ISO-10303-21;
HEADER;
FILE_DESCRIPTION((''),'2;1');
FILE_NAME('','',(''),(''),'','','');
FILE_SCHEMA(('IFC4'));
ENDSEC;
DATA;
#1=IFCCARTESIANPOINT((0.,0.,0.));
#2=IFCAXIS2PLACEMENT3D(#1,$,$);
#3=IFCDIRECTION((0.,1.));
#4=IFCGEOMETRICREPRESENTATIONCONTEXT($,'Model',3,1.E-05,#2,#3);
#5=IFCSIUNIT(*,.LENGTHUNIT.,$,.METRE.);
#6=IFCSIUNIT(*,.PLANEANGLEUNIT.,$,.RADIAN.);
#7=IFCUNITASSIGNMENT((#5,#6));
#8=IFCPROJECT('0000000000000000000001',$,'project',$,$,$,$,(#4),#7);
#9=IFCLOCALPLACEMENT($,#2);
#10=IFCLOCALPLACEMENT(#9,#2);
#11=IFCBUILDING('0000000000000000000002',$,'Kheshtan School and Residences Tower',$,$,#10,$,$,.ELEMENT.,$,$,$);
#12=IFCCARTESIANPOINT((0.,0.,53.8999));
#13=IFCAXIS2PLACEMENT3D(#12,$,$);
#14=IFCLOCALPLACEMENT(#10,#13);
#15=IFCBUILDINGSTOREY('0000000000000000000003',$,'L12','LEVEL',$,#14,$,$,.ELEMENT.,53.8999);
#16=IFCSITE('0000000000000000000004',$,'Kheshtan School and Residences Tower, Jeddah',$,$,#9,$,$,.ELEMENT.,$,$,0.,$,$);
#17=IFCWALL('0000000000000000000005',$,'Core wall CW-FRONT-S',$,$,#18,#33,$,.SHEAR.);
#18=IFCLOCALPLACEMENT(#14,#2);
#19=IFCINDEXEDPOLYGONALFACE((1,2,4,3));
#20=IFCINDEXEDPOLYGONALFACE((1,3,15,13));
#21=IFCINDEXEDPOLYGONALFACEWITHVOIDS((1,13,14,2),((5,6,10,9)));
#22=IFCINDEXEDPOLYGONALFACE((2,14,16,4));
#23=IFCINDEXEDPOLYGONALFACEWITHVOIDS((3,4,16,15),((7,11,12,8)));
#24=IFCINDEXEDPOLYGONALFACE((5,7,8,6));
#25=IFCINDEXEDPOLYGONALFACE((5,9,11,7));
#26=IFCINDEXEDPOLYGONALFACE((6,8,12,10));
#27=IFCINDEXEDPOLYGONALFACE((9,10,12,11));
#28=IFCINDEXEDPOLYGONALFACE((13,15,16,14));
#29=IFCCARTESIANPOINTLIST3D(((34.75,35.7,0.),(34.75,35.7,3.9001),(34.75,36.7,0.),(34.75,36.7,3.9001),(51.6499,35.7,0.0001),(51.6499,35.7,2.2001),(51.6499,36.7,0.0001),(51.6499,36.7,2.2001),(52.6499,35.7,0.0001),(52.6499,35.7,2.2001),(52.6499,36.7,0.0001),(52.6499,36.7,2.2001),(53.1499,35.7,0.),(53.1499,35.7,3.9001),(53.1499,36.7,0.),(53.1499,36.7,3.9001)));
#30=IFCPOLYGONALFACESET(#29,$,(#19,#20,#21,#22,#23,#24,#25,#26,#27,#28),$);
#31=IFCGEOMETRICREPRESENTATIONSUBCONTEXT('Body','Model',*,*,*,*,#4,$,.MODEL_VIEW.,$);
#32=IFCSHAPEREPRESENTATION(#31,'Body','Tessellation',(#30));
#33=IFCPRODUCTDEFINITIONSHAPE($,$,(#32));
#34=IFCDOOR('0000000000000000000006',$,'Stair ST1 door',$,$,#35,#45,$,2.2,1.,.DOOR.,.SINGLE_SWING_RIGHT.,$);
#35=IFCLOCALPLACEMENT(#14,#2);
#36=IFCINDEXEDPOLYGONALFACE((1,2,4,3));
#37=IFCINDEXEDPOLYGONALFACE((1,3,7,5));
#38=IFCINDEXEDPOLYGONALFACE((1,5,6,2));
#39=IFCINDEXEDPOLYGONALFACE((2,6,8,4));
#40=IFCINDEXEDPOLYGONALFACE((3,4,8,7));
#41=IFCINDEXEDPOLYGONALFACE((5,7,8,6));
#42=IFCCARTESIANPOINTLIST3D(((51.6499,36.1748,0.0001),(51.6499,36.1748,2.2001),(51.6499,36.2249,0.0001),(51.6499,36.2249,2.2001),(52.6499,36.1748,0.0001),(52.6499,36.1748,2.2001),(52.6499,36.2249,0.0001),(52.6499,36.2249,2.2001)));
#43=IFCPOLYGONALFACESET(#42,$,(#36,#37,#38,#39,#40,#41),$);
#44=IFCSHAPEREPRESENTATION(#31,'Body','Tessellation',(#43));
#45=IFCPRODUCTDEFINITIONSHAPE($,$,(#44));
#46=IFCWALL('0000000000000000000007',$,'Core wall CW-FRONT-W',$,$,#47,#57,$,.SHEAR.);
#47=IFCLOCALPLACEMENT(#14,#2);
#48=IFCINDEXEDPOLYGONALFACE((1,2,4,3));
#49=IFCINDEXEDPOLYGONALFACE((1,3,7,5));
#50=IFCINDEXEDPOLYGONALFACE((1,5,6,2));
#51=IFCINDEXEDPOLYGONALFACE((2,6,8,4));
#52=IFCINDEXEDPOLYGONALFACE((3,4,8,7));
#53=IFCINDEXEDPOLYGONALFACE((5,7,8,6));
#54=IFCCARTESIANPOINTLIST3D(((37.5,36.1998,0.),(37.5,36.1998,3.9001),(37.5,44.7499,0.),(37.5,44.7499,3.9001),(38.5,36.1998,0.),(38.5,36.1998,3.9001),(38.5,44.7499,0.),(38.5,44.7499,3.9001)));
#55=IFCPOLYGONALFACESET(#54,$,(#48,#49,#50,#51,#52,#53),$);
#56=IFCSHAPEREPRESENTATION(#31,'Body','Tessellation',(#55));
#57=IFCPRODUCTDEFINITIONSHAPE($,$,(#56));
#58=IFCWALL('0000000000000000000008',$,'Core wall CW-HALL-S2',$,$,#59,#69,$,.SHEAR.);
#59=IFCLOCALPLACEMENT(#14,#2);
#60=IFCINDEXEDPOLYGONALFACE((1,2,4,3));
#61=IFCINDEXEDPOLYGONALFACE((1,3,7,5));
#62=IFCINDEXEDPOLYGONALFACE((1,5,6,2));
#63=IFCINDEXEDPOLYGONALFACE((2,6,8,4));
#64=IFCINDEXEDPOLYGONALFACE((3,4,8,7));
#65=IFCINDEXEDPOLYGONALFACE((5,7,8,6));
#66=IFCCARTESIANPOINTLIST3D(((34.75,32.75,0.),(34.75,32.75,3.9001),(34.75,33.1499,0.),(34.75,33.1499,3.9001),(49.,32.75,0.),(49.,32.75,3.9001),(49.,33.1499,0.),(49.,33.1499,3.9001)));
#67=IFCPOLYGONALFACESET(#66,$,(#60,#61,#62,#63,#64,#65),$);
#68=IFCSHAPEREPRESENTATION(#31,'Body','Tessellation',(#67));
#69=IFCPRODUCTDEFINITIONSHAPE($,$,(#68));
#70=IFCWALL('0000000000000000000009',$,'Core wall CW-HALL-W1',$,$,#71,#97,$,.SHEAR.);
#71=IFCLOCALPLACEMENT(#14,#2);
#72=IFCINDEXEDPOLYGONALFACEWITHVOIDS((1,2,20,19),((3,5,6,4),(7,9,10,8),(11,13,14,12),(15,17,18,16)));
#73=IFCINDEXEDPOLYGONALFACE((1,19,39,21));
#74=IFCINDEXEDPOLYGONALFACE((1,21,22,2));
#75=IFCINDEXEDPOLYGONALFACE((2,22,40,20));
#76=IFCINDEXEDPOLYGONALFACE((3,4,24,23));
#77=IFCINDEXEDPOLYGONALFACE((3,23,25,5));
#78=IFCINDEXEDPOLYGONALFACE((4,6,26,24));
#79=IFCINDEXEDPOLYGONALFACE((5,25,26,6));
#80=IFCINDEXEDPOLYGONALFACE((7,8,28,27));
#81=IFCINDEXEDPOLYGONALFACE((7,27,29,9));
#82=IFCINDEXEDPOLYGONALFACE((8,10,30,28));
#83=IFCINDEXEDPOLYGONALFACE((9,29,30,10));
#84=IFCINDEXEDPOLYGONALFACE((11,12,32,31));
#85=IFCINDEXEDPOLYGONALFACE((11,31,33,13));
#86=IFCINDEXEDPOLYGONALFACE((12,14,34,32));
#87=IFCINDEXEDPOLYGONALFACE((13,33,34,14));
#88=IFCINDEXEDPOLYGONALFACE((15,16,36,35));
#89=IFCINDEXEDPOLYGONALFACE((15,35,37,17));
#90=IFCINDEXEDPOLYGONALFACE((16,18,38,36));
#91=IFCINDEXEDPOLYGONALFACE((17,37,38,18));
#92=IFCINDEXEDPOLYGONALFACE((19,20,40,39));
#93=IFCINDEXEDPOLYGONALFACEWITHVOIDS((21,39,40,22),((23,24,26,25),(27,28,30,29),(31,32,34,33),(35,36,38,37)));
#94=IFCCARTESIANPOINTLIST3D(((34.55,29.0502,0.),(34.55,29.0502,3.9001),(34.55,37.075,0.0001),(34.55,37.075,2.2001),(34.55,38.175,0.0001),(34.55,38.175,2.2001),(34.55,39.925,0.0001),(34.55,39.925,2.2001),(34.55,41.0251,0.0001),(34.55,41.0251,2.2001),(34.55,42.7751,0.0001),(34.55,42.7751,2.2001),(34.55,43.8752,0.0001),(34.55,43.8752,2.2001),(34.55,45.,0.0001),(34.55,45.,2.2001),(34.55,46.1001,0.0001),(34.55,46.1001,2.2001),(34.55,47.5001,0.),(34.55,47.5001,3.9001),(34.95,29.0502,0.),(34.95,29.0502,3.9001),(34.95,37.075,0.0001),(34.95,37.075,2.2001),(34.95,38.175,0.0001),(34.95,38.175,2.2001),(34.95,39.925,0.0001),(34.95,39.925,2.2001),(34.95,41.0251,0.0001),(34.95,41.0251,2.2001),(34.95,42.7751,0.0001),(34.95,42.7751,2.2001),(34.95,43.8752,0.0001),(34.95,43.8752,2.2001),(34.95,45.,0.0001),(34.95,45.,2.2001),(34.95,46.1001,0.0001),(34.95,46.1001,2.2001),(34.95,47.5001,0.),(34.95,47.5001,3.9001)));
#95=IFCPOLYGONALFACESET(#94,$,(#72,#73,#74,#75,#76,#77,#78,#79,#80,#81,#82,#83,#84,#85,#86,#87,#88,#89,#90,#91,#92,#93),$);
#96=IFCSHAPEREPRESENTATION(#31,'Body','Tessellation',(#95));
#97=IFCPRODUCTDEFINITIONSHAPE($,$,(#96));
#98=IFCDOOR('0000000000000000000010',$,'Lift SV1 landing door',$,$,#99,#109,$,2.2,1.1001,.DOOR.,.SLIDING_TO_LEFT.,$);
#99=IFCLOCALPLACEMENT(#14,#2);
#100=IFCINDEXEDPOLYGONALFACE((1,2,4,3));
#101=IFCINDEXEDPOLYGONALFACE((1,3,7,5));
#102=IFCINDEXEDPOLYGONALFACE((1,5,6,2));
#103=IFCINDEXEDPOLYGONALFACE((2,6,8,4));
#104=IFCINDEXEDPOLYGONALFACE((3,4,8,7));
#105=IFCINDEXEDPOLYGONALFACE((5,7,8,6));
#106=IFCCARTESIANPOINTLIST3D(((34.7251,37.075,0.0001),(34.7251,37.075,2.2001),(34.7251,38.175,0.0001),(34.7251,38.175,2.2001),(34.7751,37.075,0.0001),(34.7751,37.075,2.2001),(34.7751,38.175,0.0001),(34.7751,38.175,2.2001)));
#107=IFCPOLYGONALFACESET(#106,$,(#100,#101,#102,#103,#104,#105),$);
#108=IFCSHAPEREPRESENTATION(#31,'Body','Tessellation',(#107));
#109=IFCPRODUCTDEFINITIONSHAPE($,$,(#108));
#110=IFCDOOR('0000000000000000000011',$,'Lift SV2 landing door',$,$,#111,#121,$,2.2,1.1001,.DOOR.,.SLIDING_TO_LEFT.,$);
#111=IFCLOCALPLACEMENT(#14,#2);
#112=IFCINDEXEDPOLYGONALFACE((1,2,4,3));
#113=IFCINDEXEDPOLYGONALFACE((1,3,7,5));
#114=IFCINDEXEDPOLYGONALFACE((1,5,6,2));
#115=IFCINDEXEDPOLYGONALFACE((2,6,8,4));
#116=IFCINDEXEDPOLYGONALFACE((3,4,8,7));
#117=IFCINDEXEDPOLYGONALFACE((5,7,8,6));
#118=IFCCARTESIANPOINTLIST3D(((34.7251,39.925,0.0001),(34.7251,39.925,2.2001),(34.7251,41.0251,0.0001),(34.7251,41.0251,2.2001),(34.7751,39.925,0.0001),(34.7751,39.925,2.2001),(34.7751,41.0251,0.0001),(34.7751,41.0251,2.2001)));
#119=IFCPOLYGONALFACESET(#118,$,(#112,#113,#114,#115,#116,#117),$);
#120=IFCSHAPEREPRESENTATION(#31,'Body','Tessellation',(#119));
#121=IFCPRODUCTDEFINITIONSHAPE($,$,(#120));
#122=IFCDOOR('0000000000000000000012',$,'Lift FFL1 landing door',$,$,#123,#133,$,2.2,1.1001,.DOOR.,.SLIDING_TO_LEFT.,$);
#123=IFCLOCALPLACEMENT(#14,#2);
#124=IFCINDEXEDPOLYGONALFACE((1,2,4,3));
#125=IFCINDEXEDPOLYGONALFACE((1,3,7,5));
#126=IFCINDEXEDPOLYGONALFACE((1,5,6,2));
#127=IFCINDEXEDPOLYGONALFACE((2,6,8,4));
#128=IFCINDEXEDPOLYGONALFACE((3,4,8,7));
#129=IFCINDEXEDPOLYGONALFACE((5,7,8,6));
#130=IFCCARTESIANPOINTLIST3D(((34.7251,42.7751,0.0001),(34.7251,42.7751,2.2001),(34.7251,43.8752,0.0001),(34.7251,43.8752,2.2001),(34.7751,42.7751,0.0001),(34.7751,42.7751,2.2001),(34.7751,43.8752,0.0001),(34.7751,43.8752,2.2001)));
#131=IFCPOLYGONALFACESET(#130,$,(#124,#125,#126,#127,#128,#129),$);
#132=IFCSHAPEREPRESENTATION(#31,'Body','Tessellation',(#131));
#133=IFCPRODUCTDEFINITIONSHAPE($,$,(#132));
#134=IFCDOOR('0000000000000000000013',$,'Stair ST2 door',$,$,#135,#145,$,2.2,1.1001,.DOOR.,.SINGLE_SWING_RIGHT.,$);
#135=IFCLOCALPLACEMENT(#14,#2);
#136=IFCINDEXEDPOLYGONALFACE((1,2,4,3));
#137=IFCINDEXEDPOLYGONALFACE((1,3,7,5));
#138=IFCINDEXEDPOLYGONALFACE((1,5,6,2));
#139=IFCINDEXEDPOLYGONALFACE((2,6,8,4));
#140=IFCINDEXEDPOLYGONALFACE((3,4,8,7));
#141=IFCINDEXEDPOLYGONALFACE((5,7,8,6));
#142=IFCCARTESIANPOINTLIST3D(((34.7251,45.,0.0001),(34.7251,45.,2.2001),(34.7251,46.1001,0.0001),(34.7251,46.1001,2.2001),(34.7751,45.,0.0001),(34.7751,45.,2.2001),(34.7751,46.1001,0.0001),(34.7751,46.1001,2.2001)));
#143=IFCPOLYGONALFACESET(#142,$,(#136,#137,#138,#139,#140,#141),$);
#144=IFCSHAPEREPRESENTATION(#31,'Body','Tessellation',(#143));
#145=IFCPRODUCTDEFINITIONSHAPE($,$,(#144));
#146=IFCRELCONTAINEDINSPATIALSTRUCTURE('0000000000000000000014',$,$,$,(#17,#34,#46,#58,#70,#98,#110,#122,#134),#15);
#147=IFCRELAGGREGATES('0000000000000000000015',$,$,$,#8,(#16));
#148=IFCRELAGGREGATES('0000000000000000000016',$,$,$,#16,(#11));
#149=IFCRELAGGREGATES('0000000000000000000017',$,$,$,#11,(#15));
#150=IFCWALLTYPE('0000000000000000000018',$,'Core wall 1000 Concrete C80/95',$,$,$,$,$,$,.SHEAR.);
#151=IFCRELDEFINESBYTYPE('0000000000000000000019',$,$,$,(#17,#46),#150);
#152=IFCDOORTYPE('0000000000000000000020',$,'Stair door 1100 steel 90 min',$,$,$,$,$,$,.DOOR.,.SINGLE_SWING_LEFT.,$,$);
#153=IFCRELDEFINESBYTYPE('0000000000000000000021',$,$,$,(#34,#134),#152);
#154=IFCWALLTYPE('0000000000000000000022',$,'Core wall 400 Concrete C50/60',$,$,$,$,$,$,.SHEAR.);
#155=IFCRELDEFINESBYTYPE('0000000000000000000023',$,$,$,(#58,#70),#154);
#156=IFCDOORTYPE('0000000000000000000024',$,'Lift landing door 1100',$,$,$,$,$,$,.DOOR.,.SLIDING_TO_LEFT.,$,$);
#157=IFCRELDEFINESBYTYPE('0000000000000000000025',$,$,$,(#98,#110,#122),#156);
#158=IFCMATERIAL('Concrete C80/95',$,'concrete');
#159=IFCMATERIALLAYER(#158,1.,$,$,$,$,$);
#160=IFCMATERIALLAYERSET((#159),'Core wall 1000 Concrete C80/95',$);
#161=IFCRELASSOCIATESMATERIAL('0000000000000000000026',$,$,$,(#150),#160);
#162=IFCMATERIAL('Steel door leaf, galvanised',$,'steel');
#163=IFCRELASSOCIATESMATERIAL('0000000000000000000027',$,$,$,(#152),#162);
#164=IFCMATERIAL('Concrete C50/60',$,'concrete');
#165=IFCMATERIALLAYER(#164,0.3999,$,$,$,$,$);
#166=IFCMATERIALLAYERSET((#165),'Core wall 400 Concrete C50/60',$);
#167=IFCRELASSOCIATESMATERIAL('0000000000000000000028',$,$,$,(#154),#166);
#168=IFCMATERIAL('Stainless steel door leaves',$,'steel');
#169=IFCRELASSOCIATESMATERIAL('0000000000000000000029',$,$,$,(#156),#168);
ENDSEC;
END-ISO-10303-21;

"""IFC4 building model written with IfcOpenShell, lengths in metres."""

from ifc_helpers import new_model, si_unit, direction, frame, frame_2d, origin, place, context, subcontext, project, spatial, rectangle, extrude, source, transform, mapped, material, layer, layer_set, type_object, element, fill, save


model = new_model("IFC4")

# Units and contexts
model_context = context("Model", 3, precision=1e-05, world=origin(), true_north=direction((0.0, 1.0)))
body_context = subcontext(model_context, "Body", "Model", "MODEL_VIEW")
ifc_project = project(units=[si_unit("LENGTHUNIT", "METRE"), si_unit("PLANEANGLEUNIT", "RADIAN")], contexts=[model_context])

# Site, building, storey
site_placement = place(None, origin())
site = spatial("IfcSite", under=ifc_project, at=site_placement, Name="Kheshtan School and Residences Tower, Jeddah", CompositionType="ELEMENT", RefElevation=0.0)
building_placement = place(site_placement, origin())
building = spatial("IfcBuilding", under=site, at=building_placement, Name="Kheshtan School and Residences Tower", CompositionType="ELEMENT")
storey_placement = place(building_placement, frame((0.0, 0.0, 53.8999)))
storey = spatial("IfcBuildingStorey", under=building, at=storey_placement, Name="L12", Description="LEVEL", CompositionType="ELEMENT", Elevation=53.8999)

# Wall, opening, door
ifc_material_1 = material(Name="Concrete C80/95", Category="concrete")
ifc_layer_1 = layer(ifc_material_1, 1.0)
ifc_layer_set_1 = layer_set([ifc_layer_1], Name="Core wall 1000 Concrete C80/95")
wall_type_1 = type_object("IfcWallType", Name="Core wall 1000 Concrete C80/95", PredefinedType="SHEAR", material=ifc_layer_set_1)
wall_1_placement = place(storey_placement, frame((34.75, 36.2, 0.0), z_axis=(0.0, 0.0, 1.0), x_axis=(1.0, 0.0, 0.0)))
wall_1 = element("IfcWall", 1, at=wall_1_placement, inside=storey, type_object=wall_type_1, Name="Core wall CW-FRONT-S", PredefinedType="SHEAR", context=body_context, shape_type="SweptSolid", body=[
    extrude(rectangle(XDim=18.3999, YDim=1.0, at=frame_2d((9.2, 0.0))), origin(), (0.0, 0.0, 1.0), 3.9001),
])
opening_1_placement = place(wall_1_placement, frame((16.8999, 0.0, 0.0)))
opening_1 = element("IfcOpeningElement", 2, at=opening_1_placement, cuts=wall_1, PredefinedType="OPENING", context=body_context, shape_type="SweptSolid", body=[
    extrude(rectangle(XDim=1.0, YDim=2.2, at=frame_2d((0.5, 1.1001))), frame((0.0, 0.51, 0.0), z_axis=(0.0, -1.0, 0.0), x_axis=(1.0, 0.0, 0.0)), (0.0, 0.0, 1.0), 1.02),
])
ifc_material_2 = material(Name="Steel door leaf, galvanised", Category="steel")
door_type_1 = type_object("IfcDoorType", Name="Stair door 1100 steel 90 min", OperationType="SINGLE_SWING_LEFT", PredefinedType="DOOR", material=ifc_material_2)
shared_shape_1 = source(origin(), body_context, "Body", "SweptSolid", [
    extrude(rectangle(XDim=1.0, YDim=2.2, at=frame_2d((0.5, 1.1001))), frame((0.0, 0.0249, 0.0), z_axis=(0.0, -1.0, 0.0), x_axis=(1.0, 0.0, 0.0)), (0.0, 0.0, 1.0), 0.05),
])
door_1_placement = place(opening_1_placement, origin())
door_1 = element("IfcDoor", 3, at=door_1_placement, inside=storey, type_object=door_type_1, Name="Stair ST1 door", OperationType="SINGLE_SWING_RIGHT", OverallHeight=2.2, OverallWidth=1.0, PredefinedType="DOOR", context=body_context, shape_type="MappedRepresentation", body=[
    mapped(shared_shape_1, transform((0.0, 0.0, 0.0), x_axis=(1.0, 0.0, 0.0), y_axis=(0.0, 1.0, 0.0), z_axis=(0.0, 0.0, 1.0), scale=1.0)),
])
fill(opening_1, door_1)

# Walls
wall_2_placement = place(storey_placement, frame((38.0, 36.2, 0.0), z_axis=(0.0, 0.0, 1.0), x_axis=(0.0, 1.0, 0.0)))
element("IfcWall", 4, at=wall_2_placement, inside=storey, type_object=wall_type_1, Name="Core wall CW-FRONT-W", PredefinedType="SHEAR", context=body_context, shape_type="SweptSolid", body=[
    extrude(rectangle(XDim=8.55, YDim=1.0, at=frame_2d((4.2749, 0.0))), origin(), (0.0, 0.0, 1.0), 3.9001),
])
ifc_material_3 = material(Name="Concrete C50/60", Category="concrete")
ifc_layer_2 = layer(ifc_material_3, 0.3999)
ifc_layer_set_2 = layer_set([ifc_layer_2], Name="Core wall 400 Concrete C50/60")
wall_type_2 = type_object("IfcWallType", Name="Core wall 400 Concrete C50/60", PredefinedType="SHEAR", material=ifc_layer_set_2)
wall_3_placement = place(storey_placement, frame((34.75, 32.95, 0.0), z_axis=(0.0, 0.0, 1.0), x_axis=(1.0, 0.0, 0.0)))
element("IfcWall", 5, at=wall_3_placement, inside=storey, type_object=wall_type_2, Name="Core wall CW-HALL-S2", PredefinedType="SHEAR", context=body_context, shape_type="SweptSolid", body=[
    extrude(rectangle(XDim=14.25, YDim=0.3999, at=frame_2d((7.125, 0.0))), origin(), (0.0, 0.0, 1.0), 3.9001),
])

# Wall, openings, doors
wall_4_placement = place(storey_placement, frame((34.75, 29.05, 0.0), z_axis=(0.0, 0.0, 1.0), x_axis=(0.0, 1.0, 0.0)))
wall_4 = element("IfcWall", 6, at=wall_4_placement, inside=storey, type_object=wall_type_2, Name="Core wall CW-HALL-W1", PredefinedType="SHEAR", context=body_context, shape_type="SweptSolid", body=[
    extrude(rectangle(XDim=18.45, YDim=0.3999, at=frame_2d((9.2251, 0.0))), origin(), (0.0, 0.0, 1.0), 3.9001),
])
opening_2_placement = place(wall_4_placement, frame((8.0249, 0.0, 0.0)))
opening_2 = element("IfcOpeningElement", 7, at=opening_2_placement, cuts=wall_4, PredefinedType="OPENING", context=body_context, shape_type="SweptSolid", body=[
    extrude(rectangle(XDim=1.1001, YDim=2.2, at=frame_2d((0.55, 1.1001))), frame((0.0, 0.21, 0.0), z_axis=(0.0, -1.0, 0.0), x_axis=(1.0, 0.0, 0.0)), (0.0, 0.0, 1.0), 0.4199),
])
opening_3_placement = place(wall_4_placement, frame((10.875, 0.0, 0.0)))
opening_3 = element("IfcOpeningElement", 8, at=opening_3_placement, cuts=wall_4, PredefinedType="OPENING", context=body_context, shape_type="SweptSolid", body=[
    extrude(rectangle(XDim=1.1001, YDim=2.2, at=frame_2d((0.55, 1.1001))), frame((0.0, 0.21, 0.0), z_axis=(0.0, -1.0, 0.0), x_axis=(1.0, 0.0, 0.0)), (0.0, 0.0, 1.0), 0.4199),
])
opening_4_placement = place(wall_4_placement, frame((13.7251, 0.0, 0.0)))
opening_4 = element("IfcOpeningElement", 9, at=opening_4_placement, cuts=wall_4, PredefinedType="OPENING", context=body_context, shape_type="SweptSolid", body=[
    extrude(rectangle(XDim=1.1001, YDim=2.2, at=frame_2d((0.55, 1.1001))), frame((0.0, 0.21, 0.0), z_axis=(0.0, -1.0, 0.0), x_axis=(1.0, 0.0, 0.0)), (0.0, 0.0, 1.0), 0.4199),
])
opening_5_placement = place(wall_4_placement, frame((15.95, 0.0, 0.0)))
opening_5 = element("IfcOpeningElement", 10, at=opening_5_placement, cuts=wall_4, PredefinedType="OPENING", context=body_context, shape_type="SweptSolid", body=[
    extrude(rectangle(XDim=1.1001, YDim=2.2, at=frame_2d((0.55, 1.1001))), frame((0.0, 0.21, 0.0), z_axis=(0.0, -1.0, 0.0), x_axis=(1.0, 0.0, 0.0)), (0.0, 0.0, 1.0), 0.4199),
])
ifc_material_4 = material(Name="Stainless steel door leaves", Category="steel")
door_type_2 = type_object("IfcDoorType", Name="Lift landing door 1100", OperationType="SLIDING_TO_LEFT", PredefinedType="DOOR", material=ifc_material_4)
shared_shape_2 = source(origin(), body_context, "Body", "SweptSolid", [
    extrude(rectangle(XDim=1.1001, YDim=2.2, at=frame_2d((0.55, 1.1001))), frame((0.0, 0.0249, 0.0), z_axis=(0.0, -1.0, 0.0), x_axis=(1.0, 0.0, 0.0)), (0.0, 0.0, 1.0), 0.05),
])
door_2_placement = place(opening_2_placement, origin())
door_2 = element("IfcDoor", 11, at=door_2_placement, inside=storey, type_object=door_type_2, Name="Lift SV1 landing door", OperationType="SLIDING_TO_LEFT", OverallHeight=2.2, OverallWidth=1.1001, PredefinedType="DOOR", context=body_context, shape_type="MappedRepresentation", body=[
    mapped(shared_shape_2, transform((0.0, 0.0, 0.0), x_axis=(1.0, 0.0, 0.0), y_axis=(0.0, 1.0, 0.0), z_axis=(0.0, 0.0, 1.0), scale=1.0)),
])
fill(opening_2, door_2)
door_3_placement = place(opening_3_placement, origin())
door_3 = element("IfcDoor", 12, at=door_3_placement, inside=storey, type_object=door_type_2, Name="Lift SV2 landing door", OperationType="SLIDING_TO_LEFT", OverallHeight=2.2, OverallWidth=1.1001, PredefinedType="DOOR", context=body_context, shape_type="MappedRepresentation", body=[
    mapped(shared_shape_2, transform((0.0, 0.0, 0.0), x_axis=(1.0, 0.0, 0.0), y_axis=(0.0, 1.0, 0.0), z_axis=(0.0, 0.0, 1.0), scale=1.0)),
])
fill(opening_3, door_3)
door_4_placement = place(opening_4_placement, origin())
door_4 = element("IfcDoor", 13, at=door_4_placement, inside=storey, type_object=door_type_2, Name="Lift FFL1 landing door", OperationType="SLIDING_TO_LEFT", OverallHeight=2.2, OverallWidth=1.1001, PredefinedType="DOOR", context=body_context, shape_type="MappedRepresentation", body=[
    mapped(shared_shape_2, transform((0.0, 0.0, 0.0), x_axis=(1.0, 0.0, 0.0), y_axis=(0.0, 1.0, 0.0), z_axis=(0.0, 0.0, 1.0), scale=1.0)),
])
fill(opening_4, door_4)
shared_shape_3 = source(origin(), body_context, "Body", "SweptSolid", [
    extrude(rectangle(XDim=1.1001, YDim=2.2, at=frame_2d((0.55, 1.1001))), frame((0.0, 0.0249, 0.0), z_axis=(0.0, -1.0, 0.0), x_axis=(1.0, 0.0, 0.0)), (0.0, 0.0, 1.0), 0.05),
])
door_5_placement = place(opening_5_placement, origin())
door_5 = element("IfcDoor", 14, at=door_5_placement, inside=storey, type_object=door_type_1, Name="Stair ST2 door", OperationType="SINGLE_SWING_RIGHT", OverallHeight=2.2, OverallWidth=1.1001, PredefinedType="DOOR", context=body_context, shape_type="MappedRepresentation", body=[
    mapped(shared_shape_3, transform((0.0, 0.0, 0.0), x_axis=(1.0, 0.0, 0.0), y_axis=(0.0, 1.0, 0.0), z_axis=(0.0, 0.0, 1.0), scale=1.0)),
])
fill(opening_5, door_5)

save(model, "model.ifc")
